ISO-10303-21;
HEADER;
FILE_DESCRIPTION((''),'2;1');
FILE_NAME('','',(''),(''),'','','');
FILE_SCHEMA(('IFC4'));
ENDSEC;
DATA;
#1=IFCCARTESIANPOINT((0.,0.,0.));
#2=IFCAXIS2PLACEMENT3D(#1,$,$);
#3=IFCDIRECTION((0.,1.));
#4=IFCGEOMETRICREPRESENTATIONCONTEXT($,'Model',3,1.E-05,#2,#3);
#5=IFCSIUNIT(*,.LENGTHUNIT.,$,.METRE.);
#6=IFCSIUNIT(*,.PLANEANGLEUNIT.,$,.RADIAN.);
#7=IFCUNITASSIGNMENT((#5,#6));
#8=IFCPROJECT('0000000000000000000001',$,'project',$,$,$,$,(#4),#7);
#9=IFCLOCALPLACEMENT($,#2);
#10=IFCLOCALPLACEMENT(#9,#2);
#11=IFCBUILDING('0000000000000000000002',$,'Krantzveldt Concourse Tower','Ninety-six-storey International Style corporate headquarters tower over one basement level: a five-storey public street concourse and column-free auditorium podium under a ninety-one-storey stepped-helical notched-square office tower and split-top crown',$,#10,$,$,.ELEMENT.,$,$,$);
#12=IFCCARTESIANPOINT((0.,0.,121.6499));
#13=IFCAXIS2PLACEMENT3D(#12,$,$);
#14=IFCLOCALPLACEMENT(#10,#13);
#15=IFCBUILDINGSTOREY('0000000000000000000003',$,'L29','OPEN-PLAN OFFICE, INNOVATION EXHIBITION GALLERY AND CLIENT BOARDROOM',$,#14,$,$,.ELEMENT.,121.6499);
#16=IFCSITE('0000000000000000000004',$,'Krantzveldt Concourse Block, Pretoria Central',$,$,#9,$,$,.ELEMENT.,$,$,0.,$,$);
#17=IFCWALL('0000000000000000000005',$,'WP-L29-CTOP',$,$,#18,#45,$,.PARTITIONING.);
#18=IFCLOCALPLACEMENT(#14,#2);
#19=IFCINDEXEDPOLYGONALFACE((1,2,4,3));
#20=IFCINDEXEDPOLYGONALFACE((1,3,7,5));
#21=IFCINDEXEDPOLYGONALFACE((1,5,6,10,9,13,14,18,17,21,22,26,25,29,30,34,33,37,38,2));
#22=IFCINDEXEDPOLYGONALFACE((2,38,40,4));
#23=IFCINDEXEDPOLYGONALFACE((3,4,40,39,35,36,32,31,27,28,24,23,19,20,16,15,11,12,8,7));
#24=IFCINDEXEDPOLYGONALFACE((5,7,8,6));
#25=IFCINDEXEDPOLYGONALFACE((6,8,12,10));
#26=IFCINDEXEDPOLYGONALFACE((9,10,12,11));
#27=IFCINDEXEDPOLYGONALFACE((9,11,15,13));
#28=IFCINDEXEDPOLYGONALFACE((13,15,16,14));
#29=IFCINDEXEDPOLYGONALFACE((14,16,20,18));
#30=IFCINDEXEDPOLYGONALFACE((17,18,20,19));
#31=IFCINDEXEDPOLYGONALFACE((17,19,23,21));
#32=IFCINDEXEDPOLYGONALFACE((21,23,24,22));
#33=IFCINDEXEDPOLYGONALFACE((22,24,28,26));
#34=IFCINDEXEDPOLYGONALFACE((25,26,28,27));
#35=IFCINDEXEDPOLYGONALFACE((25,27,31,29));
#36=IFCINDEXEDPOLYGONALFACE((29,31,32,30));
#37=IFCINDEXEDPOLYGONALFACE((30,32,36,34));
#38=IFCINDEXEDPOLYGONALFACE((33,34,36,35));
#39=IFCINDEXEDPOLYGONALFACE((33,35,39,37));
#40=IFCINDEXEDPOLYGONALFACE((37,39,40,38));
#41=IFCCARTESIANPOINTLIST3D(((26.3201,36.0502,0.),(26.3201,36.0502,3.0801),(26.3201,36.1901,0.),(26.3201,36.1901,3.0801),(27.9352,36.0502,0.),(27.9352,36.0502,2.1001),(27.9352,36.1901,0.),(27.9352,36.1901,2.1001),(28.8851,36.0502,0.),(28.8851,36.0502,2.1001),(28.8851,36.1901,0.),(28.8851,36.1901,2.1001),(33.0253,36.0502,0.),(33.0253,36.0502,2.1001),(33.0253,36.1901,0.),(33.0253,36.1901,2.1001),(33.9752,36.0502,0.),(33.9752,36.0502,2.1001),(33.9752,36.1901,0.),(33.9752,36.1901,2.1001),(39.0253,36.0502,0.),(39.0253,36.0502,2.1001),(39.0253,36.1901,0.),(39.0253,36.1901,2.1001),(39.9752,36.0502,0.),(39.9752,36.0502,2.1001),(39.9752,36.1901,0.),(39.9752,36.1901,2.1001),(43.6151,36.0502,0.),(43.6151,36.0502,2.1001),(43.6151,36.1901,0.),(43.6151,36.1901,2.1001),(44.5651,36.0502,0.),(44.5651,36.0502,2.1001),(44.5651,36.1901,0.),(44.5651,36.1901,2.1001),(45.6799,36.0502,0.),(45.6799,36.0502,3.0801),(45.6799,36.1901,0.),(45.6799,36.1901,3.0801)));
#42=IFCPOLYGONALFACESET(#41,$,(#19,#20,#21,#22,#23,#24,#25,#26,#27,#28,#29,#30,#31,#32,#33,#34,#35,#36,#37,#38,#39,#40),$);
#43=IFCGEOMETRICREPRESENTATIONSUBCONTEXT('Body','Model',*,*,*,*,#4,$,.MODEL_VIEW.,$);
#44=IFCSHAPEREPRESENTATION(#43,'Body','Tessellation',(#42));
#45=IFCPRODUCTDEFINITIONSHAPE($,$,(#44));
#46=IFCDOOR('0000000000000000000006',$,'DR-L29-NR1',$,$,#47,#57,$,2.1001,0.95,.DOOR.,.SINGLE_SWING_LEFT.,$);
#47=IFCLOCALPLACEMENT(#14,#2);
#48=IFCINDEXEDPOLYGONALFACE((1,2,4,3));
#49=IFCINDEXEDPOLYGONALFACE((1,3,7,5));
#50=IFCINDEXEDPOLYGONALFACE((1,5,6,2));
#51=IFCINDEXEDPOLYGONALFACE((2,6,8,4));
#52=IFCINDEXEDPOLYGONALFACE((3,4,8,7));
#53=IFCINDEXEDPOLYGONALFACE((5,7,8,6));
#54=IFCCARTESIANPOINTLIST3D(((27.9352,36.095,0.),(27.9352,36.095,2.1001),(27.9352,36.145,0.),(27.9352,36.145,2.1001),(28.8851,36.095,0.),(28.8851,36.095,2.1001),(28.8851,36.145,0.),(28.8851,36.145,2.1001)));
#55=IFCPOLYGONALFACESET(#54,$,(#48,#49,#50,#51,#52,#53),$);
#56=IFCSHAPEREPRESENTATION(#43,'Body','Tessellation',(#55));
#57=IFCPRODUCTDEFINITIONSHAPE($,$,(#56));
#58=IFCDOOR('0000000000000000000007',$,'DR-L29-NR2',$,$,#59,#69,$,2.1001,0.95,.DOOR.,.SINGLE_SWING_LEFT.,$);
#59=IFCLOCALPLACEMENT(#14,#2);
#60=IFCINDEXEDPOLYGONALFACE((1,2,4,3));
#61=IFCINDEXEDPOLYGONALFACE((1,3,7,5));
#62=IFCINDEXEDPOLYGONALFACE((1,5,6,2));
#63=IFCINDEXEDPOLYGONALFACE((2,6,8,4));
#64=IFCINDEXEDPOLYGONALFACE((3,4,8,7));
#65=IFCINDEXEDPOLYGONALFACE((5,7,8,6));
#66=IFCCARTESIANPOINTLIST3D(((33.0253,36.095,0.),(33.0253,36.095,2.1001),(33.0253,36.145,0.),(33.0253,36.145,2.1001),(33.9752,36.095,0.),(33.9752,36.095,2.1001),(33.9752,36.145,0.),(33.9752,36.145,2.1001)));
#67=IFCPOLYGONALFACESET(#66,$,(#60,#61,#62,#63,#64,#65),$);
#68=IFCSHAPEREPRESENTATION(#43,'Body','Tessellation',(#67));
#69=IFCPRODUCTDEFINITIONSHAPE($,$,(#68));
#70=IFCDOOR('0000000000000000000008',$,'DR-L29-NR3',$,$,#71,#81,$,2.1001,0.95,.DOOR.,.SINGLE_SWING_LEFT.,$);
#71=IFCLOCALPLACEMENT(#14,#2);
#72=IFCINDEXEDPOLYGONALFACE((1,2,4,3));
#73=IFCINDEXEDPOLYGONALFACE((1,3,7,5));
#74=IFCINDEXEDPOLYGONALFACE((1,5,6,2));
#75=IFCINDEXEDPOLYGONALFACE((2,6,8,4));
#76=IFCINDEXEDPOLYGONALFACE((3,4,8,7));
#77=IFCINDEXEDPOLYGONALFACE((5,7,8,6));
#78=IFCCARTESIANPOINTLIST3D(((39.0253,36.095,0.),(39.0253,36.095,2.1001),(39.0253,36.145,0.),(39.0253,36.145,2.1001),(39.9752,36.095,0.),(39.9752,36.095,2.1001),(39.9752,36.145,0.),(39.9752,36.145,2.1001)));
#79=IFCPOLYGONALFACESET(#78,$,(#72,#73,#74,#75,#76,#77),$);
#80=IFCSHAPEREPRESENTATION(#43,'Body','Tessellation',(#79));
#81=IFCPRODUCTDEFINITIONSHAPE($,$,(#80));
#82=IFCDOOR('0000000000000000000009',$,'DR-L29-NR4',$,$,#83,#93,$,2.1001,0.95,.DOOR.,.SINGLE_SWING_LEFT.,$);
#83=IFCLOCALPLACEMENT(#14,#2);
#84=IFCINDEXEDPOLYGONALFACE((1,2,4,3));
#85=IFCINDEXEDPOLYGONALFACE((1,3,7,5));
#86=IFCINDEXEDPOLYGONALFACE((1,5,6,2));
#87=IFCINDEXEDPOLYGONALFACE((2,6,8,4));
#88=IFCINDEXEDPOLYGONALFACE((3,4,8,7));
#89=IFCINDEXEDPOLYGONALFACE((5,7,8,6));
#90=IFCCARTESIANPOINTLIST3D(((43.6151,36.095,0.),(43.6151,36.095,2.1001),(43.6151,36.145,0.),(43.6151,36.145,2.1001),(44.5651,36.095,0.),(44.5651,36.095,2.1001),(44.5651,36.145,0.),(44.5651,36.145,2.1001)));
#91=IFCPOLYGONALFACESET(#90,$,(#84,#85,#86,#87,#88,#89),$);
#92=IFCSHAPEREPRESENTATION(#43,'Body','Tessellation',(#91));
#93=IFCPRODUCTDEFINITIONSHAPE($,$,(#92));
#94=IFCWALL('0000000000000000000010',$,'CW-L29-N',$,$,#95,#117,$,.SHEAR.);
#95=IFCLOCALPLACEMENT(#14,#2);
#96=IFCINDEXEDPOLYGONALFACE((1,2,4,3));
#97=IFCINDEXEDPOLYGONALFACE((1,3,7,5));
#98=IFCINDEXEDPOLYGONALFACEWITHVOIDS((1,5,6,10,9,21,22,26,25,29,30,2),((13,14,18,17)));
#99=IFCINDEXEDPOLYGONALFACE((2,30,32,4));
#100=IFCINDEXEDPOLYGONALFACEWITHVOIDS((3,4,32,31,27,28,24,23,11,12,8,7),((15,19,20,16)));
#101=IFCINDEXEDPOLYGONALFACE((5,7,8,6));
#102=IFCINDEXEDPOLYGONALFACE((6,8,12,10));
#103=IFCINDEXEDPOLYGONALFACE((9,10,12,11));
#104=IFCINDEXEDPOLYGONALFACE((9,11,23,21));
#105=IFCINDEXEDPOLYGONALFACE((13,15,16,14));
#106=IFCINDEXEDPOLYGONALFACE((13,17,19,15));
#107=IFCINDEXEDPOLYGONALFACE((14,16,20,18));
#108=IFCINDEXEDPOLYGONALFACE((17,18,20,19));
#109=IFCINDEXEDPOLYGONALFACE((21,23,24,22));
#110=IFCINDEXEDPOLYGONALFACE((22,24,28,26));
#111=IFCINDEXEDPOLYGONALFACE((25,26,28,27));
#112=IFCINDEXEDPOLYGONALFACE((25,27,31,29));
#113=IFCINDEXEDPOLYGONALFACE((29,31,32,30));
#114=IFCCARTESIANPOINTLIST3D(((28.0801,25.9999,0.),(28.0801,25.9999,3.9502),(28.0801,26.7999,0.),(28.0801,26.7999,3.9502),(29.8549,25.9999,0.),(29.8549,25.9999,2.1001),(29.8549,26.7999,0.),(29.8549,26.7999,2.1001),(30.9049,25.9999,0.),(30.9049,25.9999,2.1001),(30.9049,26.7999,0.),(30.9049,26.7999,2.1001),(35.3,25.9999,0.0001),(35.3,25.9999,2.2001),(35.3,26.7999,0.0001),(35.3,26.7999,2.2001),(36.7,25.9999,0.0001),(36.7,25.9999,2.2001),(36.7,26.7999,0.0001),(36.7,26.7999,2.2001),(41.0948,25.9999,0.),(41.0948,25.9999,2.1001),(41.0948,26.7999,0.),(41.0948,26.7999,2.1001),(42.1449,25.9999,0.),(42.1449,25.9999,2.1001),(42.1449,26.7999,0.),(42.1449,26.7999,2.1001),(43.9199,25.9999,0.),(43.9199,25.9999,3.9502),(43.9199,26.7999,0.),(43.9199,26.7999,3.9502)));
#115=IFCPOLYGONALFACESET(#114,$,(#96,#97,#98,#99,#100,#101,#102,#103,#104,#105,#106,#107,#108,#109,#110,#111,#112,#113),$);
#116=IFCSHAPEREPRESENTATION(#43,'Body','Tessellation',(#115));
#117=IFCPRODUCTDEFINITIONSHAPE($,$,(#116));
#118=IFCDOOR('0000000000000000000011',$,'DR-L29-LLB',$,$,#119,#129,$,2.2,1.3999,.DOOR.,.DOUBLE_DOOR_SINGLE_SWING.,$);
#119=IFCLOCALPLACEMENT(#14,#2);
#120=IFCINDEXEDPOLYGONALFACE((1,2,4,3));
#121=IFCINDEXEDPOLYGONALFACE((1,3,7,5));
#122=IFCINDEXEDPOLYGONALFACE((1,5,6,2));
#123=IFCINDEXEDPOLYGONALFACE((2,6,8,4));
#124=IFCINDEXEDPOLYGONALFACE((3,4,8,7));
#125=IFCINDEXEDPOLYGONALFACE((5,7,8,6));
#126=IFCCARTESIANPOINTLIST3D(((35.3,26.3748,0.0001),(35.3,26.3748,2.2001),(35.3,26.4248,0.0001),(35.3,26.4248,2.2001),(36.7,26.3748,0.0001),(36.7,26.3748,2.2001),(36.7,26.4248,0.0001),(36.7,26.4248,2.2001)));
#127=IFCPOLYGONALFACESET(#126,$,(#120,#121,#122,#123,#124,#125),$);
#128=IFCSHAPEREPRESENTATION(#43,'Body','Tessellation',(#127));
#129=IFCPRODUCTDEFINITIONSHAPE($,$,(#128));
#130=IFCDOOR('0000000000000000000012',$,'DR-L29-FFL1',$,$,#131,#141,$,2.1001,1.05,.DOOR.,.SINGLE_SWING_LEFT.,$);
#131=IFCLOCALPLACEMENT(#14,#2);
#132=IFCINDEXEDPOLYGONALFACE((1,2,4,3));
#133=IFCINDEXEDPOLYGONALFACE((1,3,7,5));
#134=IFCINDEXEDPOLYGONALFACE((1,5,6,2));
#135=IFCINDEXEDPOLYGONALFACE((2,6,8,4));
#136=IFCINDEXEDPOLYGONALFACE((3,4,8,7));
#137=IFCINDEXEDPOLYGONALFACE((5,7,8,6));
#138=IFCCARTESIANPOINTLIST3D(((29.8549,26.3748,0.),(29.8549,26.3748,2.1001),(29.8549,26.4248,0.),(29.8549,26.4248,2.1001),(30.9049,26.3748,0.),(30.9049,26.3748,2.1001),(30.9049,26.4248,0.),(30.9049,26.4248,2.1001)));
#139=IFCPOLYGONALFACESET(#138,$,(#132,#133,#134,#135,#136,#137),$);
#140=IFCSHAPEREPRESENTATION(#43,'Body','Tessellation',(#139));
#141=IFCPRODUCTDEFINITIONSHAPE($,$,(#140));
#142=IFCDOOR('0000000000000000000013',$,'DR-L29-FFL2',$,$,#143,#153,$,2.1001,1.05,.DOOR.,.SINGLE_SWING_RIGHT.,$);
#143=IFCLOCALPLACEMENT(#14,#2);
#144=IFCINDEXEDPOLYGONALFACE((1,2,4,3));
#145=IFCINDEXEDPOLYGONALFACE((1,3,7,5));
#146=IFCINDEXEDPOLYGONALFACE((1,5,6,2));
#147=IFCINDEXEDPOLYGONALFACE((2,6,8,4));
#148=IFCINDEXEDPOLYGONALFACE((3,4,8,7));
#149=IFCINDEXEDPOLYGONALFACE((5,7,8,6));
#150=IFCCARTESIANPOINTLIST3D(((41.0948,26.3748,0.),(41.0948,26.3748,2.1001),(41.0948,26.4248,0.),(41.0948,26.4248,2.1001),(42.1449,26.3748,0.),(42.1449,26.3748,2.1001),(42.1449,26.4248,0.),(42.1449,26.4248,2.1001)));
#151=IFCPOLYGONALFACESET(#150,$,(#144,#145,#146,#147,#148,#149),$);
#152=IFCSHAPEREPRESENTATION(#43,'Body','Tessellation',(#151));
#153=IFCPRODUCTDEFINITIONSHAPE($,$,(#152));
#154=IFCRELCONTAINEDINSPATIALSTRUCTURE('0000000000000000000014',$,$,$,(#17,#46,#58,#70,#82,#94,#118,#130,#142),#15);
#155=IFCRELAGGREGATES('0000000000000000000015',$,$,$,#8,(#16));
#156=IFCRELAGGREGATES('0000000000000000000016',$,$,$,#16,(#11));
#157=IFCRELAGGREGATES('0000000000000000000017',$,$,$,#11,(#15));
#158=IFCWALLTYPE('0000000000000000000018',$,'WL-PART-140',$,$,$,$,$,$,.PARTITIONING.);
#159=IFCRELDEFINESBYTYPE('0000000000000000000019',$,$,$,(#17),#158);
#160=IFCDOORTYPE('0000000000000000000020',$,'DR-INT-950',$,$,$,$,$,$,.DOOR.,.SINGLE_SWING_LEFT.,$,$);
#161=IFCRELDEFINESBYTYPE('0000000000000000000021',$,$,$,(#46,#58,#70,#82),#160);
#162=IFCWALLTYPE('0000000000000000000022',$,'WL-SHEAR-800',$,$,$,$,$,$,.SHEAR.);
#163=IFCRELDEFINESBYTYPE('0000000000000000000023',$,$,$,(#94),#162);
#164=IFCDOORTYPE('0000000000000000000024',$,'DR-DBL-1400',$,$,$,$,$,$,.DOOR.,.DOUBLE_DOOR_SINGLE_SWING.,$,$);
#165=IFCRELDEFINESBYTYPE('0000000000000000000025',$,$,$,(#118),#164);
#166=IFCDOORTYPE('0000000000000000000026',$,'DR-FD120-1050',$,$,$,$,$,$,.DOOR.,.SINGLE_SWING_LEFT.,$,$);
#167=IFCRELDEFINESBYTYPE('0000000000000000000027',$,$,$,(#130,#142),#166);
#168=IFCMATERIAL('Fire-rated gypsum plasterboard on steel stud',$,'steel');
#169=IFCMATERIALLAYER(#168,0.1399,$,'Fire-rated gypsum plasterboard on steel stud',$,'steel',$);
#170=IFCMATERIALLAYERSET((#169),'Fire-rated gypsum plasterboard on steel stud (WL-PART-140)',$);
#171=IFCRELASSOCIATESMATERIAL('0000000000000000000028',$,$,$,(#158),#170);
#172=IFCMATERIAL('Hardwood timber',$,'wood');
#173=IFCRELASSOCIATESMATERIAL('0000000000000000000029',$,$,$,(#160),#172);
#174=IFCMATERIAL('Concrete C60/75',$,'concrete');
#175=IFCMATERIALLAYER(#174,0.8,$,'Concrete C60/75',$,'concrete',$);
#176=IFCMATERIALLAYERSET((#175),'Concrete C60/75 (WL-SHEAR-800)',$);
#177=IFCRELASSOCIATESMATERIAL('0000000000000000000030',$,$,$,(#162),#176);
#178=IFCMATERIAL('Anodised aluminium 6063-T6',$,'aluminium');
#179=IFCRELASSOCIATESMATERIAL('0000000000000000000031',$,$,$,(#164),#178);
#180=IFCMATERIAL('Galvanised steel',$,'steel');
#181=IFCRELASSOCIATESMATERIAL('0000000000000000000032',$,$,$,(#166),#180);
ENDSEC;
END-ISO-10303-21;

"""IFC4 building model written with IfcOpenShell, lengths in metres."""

from ifc_helpers import new_model, si_unit, direction, frame, frame_2d, origin, place, context, subcontext, project, spatial, rectangle, extrude, material, layer, layer_set, type_object, element, fill, save


model = new_model("IFC4")

# Units and contexts
model_context = context("Model", 3, precision=1e-05, world=origin(), true_north=direction((0.0, 1.0)))
body_context = subcontext(model_context, "Body", "Model", "MODEL_VIEW")
ifc_project = project(units=[si_unit("LENGTHUNIT", "METRE"), si_unit("PLANEANGLEUNIT", "RADIAN")], contexts=[model_context])

# Site, building, storey
site_placement = place(None, origin())
site = spatial("IfcSite", under=ifc_project, at=site_placement, Name="Krantzveldt Concourse Block, Pretoria Central", CompositionType="ELEMENT", RefElevation=0.0)
building_placement = place(site_placement, origin())
building = spatial("IfcBuilding", under=site, at=building_placement, Name="Krantzveldt Concourse Tower", Description="Ninety-six-storey International Style corporate headquarters tower over one basement level: a five-storey public street concourse and column-free auditorium podium under a ninety-one-storey stepped-helical notched-square office tower and split-top crown", CompositionType="ELEMENT")
storey_placement = place(building_placement, frame((0.0, 0.0, 121.6499)))
storey = spatial("IfcBuildingStorey", under=building, at=storey_placement, Name="L29", Description="OPEN-PLAN OFFICE, INNOVATION EXHIBITION GALLERY AND CLIENT BOARDROOM", CompositionType="ELEMENT", Elevation=121.6499)

# Shared definitions
ifc_material_1 = material(Name="Fire-rated gypsum plasterboard on steel stud", Category="steel")

# Shared definitions
ifc_layer_1 = layer(ifc_material_1, 0.1399, Name="Fire-rated gypsum plasterboard on steel stud", Category="steel")
ifc_layer_set_1 = layer_set([ifc_layer_1], Name="Fire-rated gypsum plasterboard on steel stud (WL-PART-140)")
wall_type_1 = type_object("IfcWallType", Name="WL-PART-140", PredefinedType="PARTITIONING", material=ifc_layer_set_1)
ifc_material_2 = material(Name="Hardwood timber", Category="wood")

# Shared definitions
door_type_1 = type_object("IfcDoorType", Name="DR-INT-950", OperationType="SINGLE_SWING_LEFT", PredefinedType="DOOR", material=ifc_material_2)

# Walls, openings, doors
wall_1_placement = place(storey_placement, frame((26.3201, 36.1201, 0.0), z_axis=(0.0, 0.0, 1.0), x_axis=(1.0, 0.0, 0.0)))
wall_1 = element("IfcWall", 1, at=wall_1_placement, inside=storey, type_object=wall_type_1, Name="WP-L29-CTOP", PredefinedType="PARTITIONING", context=body_context, shape_type="SweptSolid", body=[
    extrude(rectangle(XDim=19.3599, YDim=0.1399, at=frame_2d((9.6799, 0.0))), origin(), (0.0, 0.0, 1.0), 3.0801),
])
opening_1_placement = place(wall_1_placement, frame((1.615, 0.0, 0.0)))
opening_1 = element("IfcOpeningElement", 2, at=opening_1_placement, cuts=wall_1, PredefinedType="OPENING", context=body_context, shape_type="SweptSolid", body=[
    extrude(rectangle(XDim=0.95, YDim=2.1001, at=frame_2d((0.4751, 1.05))), frame((0.0, 0.0801, 0.0), z_axis=(0.0, -1.0, 0.0), x_axis=(1.0, 0.0, 0.0)), (0.0, 0.0, 1.0), 0.1599),
])
opening_2_placement = place(wall_1_placement, frame((6.7051, 0.0, 0.0)))
opening_2 = element("IfcOpeningElement", 3, at=opening_2_placement, cuts=wall_1, PredefinedType="OPENING", context=body_context, shape_type="SweptSolid", body=[
    extrude(rectangle(XDim=0.95, YDim=2.1001, at=frame_2d((0.4751, 1.05))), frame((0.0, 0.0801, 0.0), z_axis=(0.0, -1.0, 0.0), x_axis=(1.0, 0.0, 0.0)), (0.0, 0.0, 1.0), 0.1599),
])
opening_3_placement = place(wall_1_placement, frame((12.7051, 0.0, 0.0)))
opening_3 = element("IfcOpeningElement", 4, at=opening_3_placement, cuts=wall_1, PredefinedType="OPENING", context=body_context, shape_type="SweptSolid", body=[
    extrude(rectangle(XDim=0.95, YDim=2.1001, at=frame_2d((0.4751, 1.05))), frame((0.0, 0.0801, 0.0), z_axis=(0.0, -1.0, 0.0), x_axis=(1.0, 0.0, 0.0)), (0.0, 0.0, 1.0), 0.1599),
])
opening_4_placement = place(wall_1_placement, frame((17.2949, 0.0, 0.0)))
opening_4 = element("IfcOpeningElement", 5, at=opening_4_placement, cuts=wall_1, PredefinedType="OPENING", context=body_context, shape_type="SweptSolid", body=[
    extrude(rectangle(XDim=0.95, YDim=2.1001, at=frame_2d((0.4751, 1.05))), frame((0.0, 0.0801, 0.0), z_axis=(0.0, -1.0, 0.0), x_axis=(1.0, 0.0, 0.0)), (0.0, 0.0, 1.0), 0.1599),
])
door_1_placement = place(opening_1_placement, origin())
door_1 = element("IfcDoor", 6, at=door_1_placement, inside=storey, type_object=door_type_1, Name="DR-L29-NR1", OperationType="SINGLE_SWING_LEFT", OverallHeight=2.1001, OverallWidth=0.95, PredefinedType="DOOR", context=body_context, shape_type="SweptSolid", body=[
    extrude(rectangle(XDim=0.95, YDim=2.1001, at=frame_2d((0.4751, 1.05))), frame((0.0, 0.0249, 0.0), z_axis=(0.0, -1.0, 0.0), x_axis=(1.0, 0.0, 0.0)), (0.0, 0.0, 1.0), 0.05),
])
fill(opening_1, door_1)
door_2_placement = place(opening_2_placement, origin())
door_2 = element("IfcDoor", 7, at=door_2_placement, inside=storey, type_object=door_type_1, Name="DR-L29-NR2", OperationType="SINGLE_SWING_LEFT", OverallHeight=2.1001, OverallWidth=0.95, PredefinedType="DOOR", context=body_context, shape_type="SweptSolid", body=[
    extrude(rectangle(XDim=0.95, YDim=2.1001, at=frame_2d((0.4751, 1.05))), frame((0.0, 0.0249, 0.0), z_axis=(0.0, -1.0, 0.0), x_axis=(1.0, 0.0, 0.0)), (0.0, 0.0, 1.0), 0.05),
])
fill(opening_2, door_2)
door_3_placement = place(opening_3_placement, origin())
door_3 = element("IfcDoor", 8, at=door_3_placement, inside=storey, type_object=door_type_1, Name="DR-L29-NR3", OperationType="SINGLE_SWING_LEFT", OverallHeight=2.1001, OverallWidth=0.95, PredefinedType="DOOR", context=body_context, shape_type="SweptSolid", body=[
    extrude(rectangle(XDim=0.95, YDim=2.1001, at=frame_2d((0.4751, 1.05))), frame((0.0, 0.0249, 0.0), z_axis=(0.0, -1.0, 0.0), x_axis=(1.0, 0.0, 0.0)), (0.0, 0.0, 1.0), 0.05),
])
fill(opening_3, door_3)
door_4_placement = place(opening_4_placement, origin())
door_4 = element("IfcDoor", 9, at=door_4_placement, inside=storey, type_object=door_type_1, Name="DR-L29-NR4", OperationType="SINGLE_SWING_LEFT", OverallHeight=2.1001, OverallWidth=0.95, PredefinedType="DOOR", context=body_context, shape_type="SweptSolid", body=[
    extrude(rectangle(XDim=0.95, YDim=2.1001, at=frame_2d((0.4751, 1.05))), frame((0.0, 0.0249, 0.0), z_axis=(0.0, -1.0, 0.0), x_axis=(1.0, 0.0, 0.0)), (0.0, 0.0, 1.0), 0.05),
])
fill(opening_4, door_4)
ifc_material_3 = material(Name="Concrete C60/75", Category="concrete")
ifc_layer_2 = layer(ifc_material_3, 0.8, Name="Concrete C60/75", Category="concrete")
ifc_layer_set_2 = layer_set([ifc_layer_2], Name="Concrete C60/75 (WL-SHEAR-800)")
wall_type_2 = type_object("IfcWallType", Name="WL-SHEAR-800", PredefinedType="SHEAR", material=ifc_layer_set_2)
wall_2_placement = place(storey_placement, frame((28.0801, 26.3999, 0.0), z_axis=(0.0, 0.0, 1.0), x_axis=(1.0, 0.0, 0.0)))
wall_2 = element("IfcWall", 10, at=wall_2_placement, inside=storey, type_object=wall_type_2, Name="CW-L29-N", PredefinedType="SHEAR", context=body_context, shape_type="SweptSolid", body=[
    extrude(rectangle(XDim=15.8398, YDim=0.8, at=frame_2d((7.9199, 0.0))), origin(), (0.0, 0.0, 1.0), 3.9502),
])
opening_5_placement = place(wall_2_placement, frame((7.22, 0.0, 0.0)))
opening_5 = element("IfcOpeningElement", 11, at=opening_5_placement, cuts=wall_2, PredefinedType="OPENING", context=body_context, shape_type="SweptSolid", body=[
    extrude(rectangle(XDim=1.3999, YDim=2.2, at=frame_2d((0.7, 1.1001))), frame((0.0, 0.4102, 0.0), z_axis=(0.0, -1.0, 0.0), x_axis=(1.0, 0.0, 0.0)), (0.0, 0.0, 1.0), 0.8201),
])
opening_6_placement = place(wall_2_placement, frame((1.7749, 0.0, 0.0)))
opening_6 = element("IfcOpeningElement", 12, at=opening_6_placement, cuts=wall_2, PredefinedType="OPENING", context=body_context, shape_type="SweptSolid", body=[
    extrude(rectangle(XDim=1.05, YDim=2.1001, at=frame_2d((0.5249, 1.05))), frame((0.0, 0.4102, 0.0), z_axis=(0.0, -1.0, 0.0), x_axis=(1.0, 0.0, 0.0)), (0.0, 0.0, 1.0), 0.8201),
])
opening_7_placement = place(wall_2_placement, frame((13.0149, 0.0, 0.0)))
opening_7 = element("IfcOpeningElement", 13, at=opening_7_placement, cuts=wall_2, PredefinedType="OPENING", context=body_context, shape_type="SweptSolid", body=[
    extrude(rectangle(XDim=1.05, YDim=2.1001, at=frame_2d((0.5249, 1.05))), frame((0.0, 0.4102, 0.0), z_axis=(0.0, -1.0, 0.0), x_axis=(1.0, 0.0, 0.0)), (0.0, 0.0, 1.0), 0.8201),
])
ifc_material_4 = material(Name="Anodised aluminium 6063-T6", Category="aluminium")
door_type_2 = type_object("IfcDoorType", Name="DR-DBL-1400", OperationType="DOUBLE_DOOR_SINGLE_SWING", PredefinedType="DOOR", material=ifc_material_4)
door_5_placement = place(opening_5_placement, origin())
door_5 = element("IfcDoor", 14, at=door_5_placement, inside=storey, type_object=door_type_2, Name="DR-L29-LLB", OperationType="DOUBLE_DOOR_SINGLE_SWING", OverallHeight=2.2, OverallWidth=1.3999, PredefinedType="DOOR", context=body_context, shape_type="SweptSolid", body=[
    extrude(rectangle(XDim=1.3999, YDim=2.2, at=frame_2d((0.7, 1.1001))), frame((0.0, 0.0249, 0.0), z_axis=(0.0, -1.0, 0.0), x_axis=(1.0, 0.0, 0.0)), (0.0, 0.0, 1.0), 0.05),
])
fill(opening_5, door_5)
ifc_material_5 = material(Name="Galvanised steel", Category="steel")
door_type_3 = type_object("IfcDoorType", Name="DR-FD120-1050", OperationType="SINGLE_SWING_LEFT", PredefinedType="DOOR", material=ifc_material_5)
door_6_placement = place(opening_6_placement, origin())
door_6 = element("IfcDoor", 15, at=door_6_placement, inside=storey, type_object=door_type_3, Name="DR-L29-FFL1", OperationType="SINGLE_SWING_LEFT", OverallHeight=2.1001, OverallWidth=1.05, PredefinedType="DOOR", context=body_context, shape_type="SweptSolid", body=[
    extrude(rectangle(XDim=1.05, YDim=2.1001, at=frame_2d((0.5249, 1.05))), frame((0.0, 0.0249, 0.0), z_axis=(0.0, -1.0, 0.0), x_axis=(1.0, 0.0, 0.0)), (0.0, 0.0, 1.0), 0.05),
])
fill(opening_6, door_6)
door_7_placement = place(opening_7_placement, origin())
door_7 = element("IfcDoor", 16, at=door_7_placement, inside=storey, type_object=door_type_3, Name="DR-L29-FFL2", OperationType="SINGLE_SWING_RIGHT", OverallHeight=2.1001, OverallWidth=1.05, PredefinedType="DOOR", context=body_context, shape_type="SweptSolid", body=[
    extrude(rectangle(XDim=1.05, YDim=2.1001, at=frame_2d((0.5249, 1.05))), frame((0.0, 0.0249, 0.0), z_axis=(0.0, -1.0, 0.0), x_axis=(1.0, 0.0, 0.0)), (0.0, 0.0, 1.0), 0.05),
])
fill(opening_7, door_7)

save(model, "model.ifc")
